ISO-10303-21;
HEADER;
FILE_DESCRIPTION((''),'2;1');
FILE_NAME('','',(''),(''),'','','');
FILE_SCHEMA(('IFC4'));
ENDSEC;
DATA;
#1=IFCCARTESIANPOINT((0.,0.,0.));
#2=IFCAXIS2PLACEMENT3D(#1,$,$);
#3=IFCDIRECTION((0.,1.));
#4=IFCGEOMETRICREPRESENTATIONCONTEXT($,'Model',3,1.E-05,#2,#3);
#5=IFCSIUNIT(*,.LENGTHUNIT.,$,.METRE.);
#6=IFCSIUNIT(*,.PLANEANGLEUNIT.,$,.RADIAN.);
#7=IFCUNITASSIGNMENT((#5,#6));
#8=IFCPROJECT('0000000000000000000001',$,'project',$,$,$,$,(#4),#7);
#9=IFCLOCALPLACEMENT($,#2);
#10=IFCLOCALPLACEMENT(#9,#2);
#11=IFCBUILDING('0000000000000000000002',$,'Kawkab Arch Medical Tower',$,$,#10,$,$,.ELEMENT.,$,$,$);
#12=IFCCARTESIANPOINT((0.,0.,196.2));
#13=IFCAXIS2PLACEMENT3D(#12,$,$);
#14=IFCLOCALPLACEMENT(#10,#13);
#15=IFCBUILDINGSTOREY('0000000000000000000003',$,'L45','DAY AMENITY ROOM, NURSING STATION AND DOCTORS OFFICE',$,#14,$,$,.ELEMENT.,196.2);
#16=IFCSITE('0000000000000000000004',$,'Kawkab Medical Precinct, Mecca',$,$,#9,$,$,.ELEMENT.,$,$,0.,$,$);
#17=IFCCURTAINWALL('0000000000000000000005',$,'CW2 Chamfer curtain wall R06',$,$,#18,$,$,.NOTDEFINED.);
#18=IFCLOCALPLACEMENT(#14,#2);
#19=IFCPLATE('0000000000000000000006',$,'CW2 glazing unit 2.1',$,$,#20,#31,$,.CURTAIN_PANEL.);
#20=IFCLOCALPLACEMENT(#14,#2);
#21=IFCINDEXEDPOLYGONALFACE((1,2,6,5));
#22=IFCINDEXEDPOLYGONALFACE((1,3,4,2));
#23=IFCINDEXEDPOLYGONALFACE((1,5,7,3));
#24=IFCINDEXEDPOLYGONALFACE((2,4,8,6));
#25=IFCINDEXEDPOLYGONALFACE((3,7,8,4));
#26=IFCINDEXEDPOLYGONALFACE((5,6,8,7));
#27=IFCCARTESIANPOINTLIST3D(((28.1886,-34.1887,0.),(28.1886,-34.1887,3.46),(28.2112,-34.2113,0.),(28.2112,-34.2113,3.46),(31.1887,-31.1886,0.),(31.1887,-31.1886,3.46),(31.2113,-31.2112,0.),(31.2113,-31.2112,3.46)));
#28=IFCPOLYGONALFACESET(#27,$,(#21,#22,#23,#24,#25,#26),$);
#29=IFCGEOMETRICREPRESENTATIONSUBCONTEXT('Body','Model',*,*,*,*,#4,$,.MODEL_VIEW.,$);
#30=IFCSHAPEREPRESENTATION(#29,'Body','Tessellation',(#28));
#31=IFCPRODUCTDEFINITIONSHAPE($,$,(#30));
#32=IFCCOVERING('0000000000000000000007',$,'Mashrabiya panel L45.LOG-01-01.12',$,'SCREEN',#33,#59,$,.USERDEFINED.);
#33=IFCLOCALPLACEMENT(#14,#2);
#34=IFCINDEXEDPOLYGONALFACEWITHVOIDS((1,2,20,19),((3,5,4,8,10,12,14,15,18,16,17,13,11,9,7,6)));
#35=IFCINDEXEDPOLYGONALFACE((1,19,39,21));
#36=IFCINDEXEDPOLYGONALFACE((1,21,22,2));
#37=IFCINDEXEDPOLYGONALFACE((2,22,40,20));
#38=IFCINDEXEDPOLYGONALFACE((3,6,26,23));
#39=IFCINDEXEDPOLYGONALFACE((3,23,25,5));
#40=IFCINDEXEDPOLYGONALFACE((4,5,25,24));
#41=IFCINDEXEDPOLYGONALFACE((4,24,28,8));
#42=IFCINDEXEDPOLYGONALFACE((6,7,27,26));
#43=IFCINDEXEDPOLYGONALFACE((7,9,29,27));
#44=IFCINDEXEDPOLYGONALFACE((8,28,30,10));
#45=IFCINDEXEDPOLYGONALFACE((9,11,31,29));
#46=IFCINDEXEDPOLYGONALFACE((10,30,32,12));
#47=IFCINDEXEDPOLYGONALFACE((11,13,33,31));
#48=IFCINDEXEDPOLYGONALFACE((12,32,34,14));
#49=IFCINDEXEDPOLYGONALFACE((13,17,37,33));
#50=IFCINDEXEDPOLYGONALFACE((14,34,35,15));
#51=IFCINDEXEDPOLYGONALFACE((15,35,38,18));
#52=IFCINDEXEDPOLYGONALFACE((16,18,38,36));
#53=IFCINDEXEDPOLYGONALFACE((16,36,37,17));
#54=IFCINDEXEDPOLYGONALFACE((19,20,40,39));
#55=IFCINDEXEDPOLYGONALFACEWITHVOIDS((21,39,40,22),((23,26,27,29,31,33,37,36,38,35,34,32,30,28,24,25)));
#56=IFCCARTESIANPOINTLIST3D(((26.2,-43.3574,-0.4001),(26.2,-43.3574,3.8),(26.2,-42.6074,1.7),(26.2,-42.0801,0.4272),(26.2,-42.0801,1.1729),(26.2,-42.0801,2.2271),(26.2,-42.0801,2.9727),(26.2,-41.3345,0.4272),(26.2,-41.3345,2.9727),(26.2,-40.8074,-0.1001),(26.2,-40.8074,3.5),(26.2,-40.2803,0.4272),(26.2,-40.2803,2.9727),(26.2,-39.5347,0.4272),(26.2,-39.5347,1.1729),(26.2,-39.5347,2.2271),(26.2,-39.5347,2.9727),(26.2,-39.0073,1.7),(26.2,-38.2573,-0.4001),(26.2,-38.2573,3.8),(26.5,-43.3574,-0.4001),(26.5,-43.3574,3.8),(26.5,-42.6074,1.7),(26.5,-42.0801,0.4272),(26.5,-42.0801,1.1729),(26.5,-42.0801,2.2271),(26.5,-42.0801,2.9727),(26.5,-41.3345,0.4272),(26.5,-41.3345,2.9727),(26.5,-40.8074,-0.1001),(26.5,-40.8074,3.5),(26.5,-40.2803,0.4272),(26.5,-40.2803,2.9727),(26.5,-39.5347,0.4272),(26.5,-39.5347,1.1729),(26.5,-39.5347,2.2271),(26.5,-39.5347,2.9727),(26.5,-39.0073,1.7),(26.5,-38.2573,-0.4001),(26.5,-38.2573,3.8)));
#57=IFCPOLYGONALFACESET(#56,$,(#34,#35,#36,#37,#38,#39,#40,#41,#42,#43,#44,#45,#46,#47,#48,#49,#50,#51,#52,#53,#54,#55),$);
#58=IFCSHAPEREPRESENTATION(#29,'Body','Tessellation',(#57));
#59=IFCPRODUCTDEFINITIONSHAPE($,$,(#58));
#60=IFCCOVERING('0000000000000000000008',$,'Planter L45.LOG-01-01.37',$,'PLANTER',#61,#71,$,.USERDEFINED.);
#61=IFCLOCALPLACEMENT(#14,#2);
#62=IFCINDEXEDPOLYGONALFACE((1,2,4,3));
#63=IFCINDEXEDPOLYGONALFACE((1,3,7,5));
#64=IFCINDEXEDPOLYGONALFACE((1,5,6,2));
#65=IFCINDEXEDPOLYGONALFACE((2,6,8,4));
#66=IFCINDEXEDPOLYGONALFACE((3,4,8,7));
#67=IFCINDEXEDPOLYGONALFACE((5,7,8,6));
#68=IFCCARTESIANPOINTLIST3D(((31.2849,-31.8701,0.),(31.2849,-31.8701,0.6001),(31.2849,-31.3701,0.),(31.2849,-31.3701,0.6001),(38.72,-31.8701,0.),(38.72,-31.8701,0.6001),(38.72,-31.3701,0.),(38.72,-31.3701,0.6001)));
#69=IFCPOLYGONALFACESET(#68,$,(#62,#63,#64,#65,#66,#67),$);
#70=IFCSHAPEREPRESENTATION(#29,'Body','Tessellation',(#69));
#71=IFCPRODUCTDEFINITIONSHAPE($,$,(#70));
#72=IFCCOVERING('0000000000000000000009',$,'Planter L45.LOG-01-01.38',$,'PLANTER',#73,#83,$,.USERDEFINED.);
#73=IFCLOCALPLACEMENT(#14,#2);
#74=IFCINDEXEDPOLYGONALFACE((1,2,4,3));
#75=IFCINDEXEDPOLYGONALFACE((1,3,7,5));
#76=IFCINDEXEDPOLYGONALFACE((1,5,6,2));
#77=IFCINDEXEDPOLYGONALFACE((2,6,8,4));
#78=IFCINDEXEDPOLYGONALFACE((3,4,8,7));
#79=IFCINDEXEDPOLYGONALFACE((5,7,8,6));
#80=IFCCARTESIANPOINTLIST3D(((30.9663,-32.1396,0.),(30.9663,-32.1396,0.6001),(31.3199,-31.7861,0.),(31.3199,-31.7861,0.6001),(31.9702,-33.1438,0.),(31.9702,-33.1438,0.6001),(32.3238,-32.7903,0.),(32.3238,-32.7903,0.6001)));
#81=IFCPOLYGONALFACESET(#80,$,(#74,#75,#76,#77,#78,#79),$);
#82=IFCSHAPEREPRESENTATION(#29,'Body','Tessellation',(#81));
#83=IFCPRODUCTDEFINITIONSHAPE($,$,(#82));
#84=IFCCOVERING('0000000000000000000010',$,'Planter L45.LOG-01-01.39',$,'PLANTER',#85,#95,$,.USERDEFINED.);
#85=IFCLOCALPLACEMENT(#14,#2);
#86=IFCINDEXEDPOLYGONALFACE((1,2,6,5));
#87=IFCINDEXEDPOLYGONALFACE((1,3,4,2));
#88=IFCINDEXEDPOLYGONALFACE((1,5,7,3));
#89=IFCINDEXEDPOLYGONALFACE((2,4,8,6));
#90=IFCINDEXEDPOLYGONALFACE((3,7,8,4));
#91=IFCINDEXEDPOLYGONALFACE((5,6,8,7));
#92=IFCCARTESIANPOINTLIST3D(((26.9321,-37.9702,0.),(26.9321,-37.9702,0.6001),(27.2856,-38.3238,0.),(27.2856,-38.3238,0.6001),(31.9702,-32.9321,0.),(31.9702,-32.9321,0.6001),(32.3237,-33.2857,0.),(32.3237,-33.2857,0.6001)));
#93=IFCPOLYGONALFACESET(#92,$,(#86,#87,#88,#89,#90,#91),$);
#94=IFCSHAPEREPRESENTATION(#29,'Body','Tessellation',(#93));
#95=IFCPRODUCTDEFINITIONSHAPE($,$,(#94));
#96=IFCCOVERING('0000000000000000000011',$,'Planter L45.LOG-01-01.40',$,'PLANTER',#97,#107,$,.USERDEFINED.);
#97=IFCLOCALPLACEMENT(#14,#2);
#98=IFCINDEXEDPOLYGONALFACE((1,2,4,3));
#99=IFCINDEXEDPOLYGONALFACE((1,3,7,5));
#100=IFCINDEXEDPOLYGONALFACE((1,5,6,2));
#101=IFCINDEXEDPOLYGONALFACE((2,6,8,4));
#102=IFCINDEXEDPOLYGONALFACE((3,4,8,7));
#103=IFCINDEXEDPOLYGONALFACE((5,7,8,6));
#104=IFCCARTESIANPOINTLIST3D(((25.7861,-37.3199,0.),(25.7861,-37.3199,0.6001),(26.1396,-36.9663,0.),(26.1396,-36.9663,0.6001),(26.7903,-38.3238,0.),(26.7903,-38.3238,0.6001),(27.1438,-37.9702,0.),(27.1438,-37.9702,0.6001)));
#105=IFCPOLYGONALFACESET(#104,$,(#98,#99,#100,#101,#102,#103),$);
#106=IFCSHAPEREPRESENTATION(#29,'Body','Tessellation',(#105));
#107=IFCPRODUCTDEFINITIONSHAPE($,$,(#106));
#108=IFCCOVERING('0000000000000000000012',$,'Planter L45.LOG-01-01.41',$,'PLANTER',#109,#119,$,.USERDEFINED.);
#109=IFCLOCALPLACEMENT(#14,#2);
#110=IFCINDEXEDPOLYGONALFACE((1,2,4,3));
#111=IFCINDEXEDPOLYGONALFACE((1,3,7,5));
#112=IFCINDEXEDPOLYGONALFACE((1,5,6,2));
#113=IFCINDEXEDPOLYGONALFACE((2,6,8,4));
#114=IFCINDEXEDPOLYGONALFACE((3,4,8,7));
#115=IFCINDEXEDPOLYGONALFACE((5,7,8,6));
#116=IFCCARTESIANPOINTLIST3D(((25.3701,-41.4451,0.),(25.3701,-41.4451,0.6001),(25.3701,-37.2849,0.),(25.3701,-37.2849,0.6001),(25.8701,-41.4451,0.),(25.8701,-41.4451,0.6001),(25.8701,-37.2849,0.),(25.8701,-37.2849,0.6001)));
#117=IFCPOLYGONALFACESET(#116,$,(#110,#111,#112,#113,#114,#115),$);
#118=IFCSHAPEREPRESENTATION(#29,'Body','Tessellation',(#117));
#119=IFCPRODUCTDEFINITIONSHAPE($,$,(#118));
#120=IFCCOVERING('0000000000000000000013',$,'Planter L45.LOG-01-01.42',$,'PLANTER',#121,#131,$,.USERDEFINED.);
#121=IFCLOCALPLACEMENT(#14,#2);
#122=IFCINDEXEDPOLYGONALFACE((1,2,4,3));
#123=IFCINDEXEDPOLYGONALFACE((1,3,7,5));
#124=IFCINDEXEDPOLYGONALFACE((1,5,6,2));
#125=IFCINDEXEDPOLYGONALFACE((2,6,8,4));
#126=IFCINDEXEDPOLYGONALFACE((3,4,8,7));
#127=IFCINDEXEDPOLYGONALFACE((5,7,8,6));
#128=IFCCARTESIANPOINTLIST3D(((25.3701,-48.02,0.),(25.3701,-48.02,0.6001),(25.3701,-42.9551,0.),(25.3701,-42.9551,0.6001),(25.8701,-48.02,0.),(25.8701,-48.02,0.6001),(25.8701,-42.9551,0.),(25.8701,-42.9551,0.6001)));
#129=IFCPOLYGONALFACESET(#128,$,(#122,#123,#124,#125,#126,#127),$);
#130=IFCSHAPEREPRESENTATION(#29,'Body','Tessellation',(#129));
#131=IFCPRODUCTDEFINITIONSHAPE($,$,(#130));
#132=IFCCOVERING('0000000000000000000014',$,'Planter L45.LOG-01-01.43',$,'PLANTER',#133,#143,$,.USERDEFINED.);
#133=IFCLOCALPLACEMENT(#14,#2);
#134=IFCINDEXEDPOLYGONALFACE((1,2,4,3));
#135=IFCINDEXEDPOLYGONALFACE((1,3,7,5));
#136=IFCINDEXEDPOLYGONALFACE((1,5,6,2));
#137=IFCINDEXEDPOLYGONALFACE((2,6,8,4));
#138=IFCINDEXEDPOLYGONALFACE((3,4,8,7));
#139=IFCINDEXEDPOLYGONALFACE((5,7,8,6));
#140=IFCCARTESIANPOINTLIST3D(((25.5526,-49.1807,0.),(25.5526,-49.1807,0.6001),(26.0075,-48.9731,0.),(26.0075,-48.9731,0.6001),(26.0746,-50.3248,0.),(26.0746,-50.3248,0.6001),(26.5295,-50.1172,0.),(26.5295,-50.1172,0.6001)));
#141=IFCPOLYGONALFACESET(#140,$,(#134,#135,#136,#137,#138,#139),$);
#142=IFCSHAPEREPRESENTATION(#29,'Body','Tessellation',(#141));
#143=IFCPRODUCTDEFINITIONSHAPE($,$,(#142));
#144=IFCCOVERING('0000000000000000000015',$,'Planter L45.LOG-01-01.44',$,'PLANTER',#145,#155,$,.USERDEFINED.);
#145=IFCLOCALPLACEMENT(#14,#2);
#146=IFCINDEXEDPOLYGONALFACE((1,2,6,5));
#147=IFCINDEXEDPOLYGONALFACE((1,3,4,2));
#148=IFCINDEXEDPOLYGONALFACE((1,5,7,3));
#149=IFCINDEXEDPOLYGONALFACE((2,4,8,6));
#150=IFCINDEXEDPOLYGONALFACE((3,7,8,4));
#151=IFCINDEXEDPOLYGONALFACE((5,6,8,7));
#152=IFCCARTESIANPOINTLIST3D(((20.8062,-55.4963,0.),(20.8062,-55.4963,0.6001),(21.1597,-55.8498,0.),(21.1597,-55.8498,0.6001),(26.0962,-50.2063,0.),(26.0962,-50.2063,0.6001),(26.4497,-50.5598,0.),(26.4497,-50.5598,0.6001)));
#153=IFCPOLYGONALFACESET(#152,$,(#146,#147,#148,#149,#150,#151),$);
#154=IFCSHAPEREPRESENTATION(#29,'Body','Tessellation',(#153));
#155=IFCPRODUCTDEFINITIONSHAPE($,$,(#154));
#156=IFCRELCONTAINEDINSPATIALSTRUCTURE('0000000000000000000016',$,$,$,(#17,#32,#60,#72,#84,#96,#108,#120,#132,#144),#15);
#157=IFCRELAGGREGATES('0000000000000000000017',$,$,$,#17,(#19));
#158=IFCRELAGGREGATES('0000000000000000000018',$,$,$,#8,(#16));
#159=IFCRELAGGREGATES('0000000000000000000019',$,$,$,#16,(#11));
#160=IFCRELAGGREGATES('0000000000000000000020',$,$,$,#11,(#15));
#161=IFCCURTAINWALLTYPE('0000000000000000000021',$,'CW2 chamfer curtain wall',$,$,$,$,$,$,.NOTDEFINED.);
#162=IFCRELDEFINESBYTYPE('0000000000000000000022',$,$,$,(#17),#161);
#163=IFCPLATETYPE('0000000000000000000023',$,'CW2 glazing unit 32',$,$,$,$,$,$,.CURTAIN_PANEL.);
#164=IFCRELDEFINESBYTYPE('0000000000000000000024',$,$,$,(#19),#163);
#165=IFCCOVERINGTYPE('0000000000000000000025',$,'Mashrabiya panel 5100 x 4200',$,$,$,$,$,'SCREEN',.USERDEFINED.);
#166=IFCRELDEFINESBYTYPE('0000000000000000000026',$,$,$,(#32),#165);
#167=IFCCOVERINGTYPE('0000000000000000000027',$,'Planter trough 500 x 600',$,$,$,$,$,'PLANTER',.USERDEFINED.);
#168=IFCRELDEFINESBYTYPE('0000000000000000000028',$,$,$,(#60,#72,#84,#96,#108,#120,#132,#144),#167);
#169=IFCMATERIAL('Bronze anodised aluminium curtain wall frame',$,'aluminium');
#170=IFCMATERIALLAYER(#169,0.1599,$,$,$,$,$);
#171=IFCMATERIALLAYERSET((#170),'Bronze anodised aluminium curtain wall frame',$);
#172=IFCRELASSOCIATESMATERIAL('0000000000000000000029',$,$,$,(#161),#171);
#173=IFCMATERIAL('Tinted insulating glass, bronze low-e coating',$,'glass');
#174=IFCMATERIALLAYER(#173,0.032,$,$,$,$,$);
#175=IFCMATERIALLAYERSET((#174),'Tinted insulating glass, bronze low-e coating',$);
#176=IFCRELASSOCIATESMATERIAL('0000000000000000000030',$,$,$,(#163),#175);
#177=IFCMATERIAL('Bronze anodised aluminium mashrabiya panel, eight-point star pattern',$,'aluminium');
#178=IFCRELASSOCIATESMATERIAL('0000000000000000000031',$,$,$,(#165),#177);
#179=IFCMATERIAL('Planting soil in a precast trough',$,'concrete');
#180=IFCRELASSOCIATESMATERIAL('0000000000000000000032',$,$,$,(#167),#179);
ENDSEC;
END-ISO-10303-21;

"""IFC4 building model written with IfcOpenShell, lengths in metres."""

from ifc_helpers import new_model, si_unit, direction, frame, origin, origin_2d, place, context, subcontext, project, spatial, polyline, rectangle, outline, extrude, material, layer, layer_set, material_profile, profile_set, type_object, element, aggregate, save


model = new_model("IFC4")

# Units and contexts
model_context = context("Model", 3, precision=1e-05, world=origin(), true_north=direction((0.0, 1.0)))
body_context = subcontext(model_context, "Body", "Model", "MODEL_VIEW")
ifc_project = project(units=[si_unit("LENGTHUNIT", "METRE"), si_unit("PLANEANGLEUNIT", "RADIAN")], contexts=[model_context])

# Site, building, storey
site_placement = place(None, origin())
site = spatial("IfcSite", under=ifc_project, at=site_placement, Name="Kawkab Medical Precinct, Mecca", CompositionType="ELEMENT", RefElevation=0.0)
building_placement = place(site_placement, origin())
building = spatial("IfcBuilding", under=site, at=building_placement, Name="Kawkab Arch Medical Tower", CompositionType="ELEMENT")
storey_placement = place(building_placement, frame((0.0, 0.0, 196.2)))
storey = spatial("IfcBuildingStorey", under=building, at=storey_placement, Name="L45", Description="DAY AMENITY ROOM, NURSING STATION AND DOCTORS OFFICE", CompositionType="ELEMENT", Elevation=196.2)

# Shared definitions
placement = place(storey_placement, origin())

# Shared definitions
ifc_material_1 = material(Name="Bronze anodised aluminium curtain wall frame", Category="aluminium")
ifc_layer_1 = layer(ifc_material_1, 0.1599)
ifc_layer_set_1 = layer_set([ifc_layer_1], Name="Bronze anodised aluminium curtain wall frame")
curtain_wall_type_1 = type_object("IfcCurtainWallType", Name="CW2 chamfer curtain wall", PredefinedType="NOTDEFINED", material=ifc_layer_set_1)

# Curtain wall
curtain_wall_1 = element("IfcCurtainWall", 1, at=placement, inside=storey, type_object=curtain_wall_type_1, Name="CW2 Chamfer curtain wall R06", PredefinedType="NOTDEFINED")

# Plate
ifc_material_2 = material(Name="Tinted insulating glass, bronze low-e coating", Category="glass")
ifc_layer_2 = layer(ifc_material_2, 0.032)
ifc_layer_set_2 = layer_set([ifc_layer_2], Name="Tinted insulating glass, bronze low-e coating")
plate_type_1 = type_object("IfcPlateType", Name="CW2 glazing unit 32", PredefinedType="CURTAIN_PANEL", material=ifc_layer_set_2)
plate_1_placement = place(storey_placement, frame((29.7, -32.7, 0.0), z_axis=(0.0, 0.0, 1.0), x_axis=(0.707107, 0.707107, 0.0)))
plate_1 = element("IfcPlate", 2, at=plate_1_placement, type_object=plate_type_1, Name="CW2 glazing unit 2.1", PredefinedType="CURTAIN_PANEL", context=body_context, shape_type="SweptSolid", body=[
    extrude(rectangle(XDim=4.2427, YDim=0.032, at=origin_2d()), origin(), (0.0, 0.0, 1.0), 3.46),
])
aggregate(curtain_wall_1, [plate_1])

# Coverings
ifc_material_3 = material(Name="Bronze anodised aluminium mashrabiya panel, eight-point star pattern", Category="aluminium")
ifc_material_profile_1 = material_profile(ifc_material_3, outline(polyline([(-2.55, -2.1001), (2.55, -2.1001), (2.55, 2.1001), (-2.55, 2.1001), (-2.55, -2.1001)]), holes=[polyline([(1.8, 0.0), (1.2727, 0.5271), (1.2727, 1.2727), (0.5271, 1.2727), (0.0, 1.8), (-0.5271, 1.2727), (-1.2727, 1.2727), (-1.2727, 0.5271), (-1.8, 0.0), (-1.2727, -0.5271), (-1.2727, -1.2727), (-0.5271, -1.2727), (0.0, -1.8), (0.5271, -1.2727), (1.2727, -1.2727), (1.2727, -0.5271), (1.8, 0.0)])]), Name="Mashrabiya panel 5100x4200")
ifc_profile_set_1 = profile_set([ifc_material_profile_1], Name="Bronze anodised aluminium mashrabiya panel, eight-point star pattern")
covering_type_1 = type_object("IfcCoveringType", Name="Mashrabiya panel 5100 x 4200", ElementType="SCREEN", PredefinedType="USERDEFINED", material=ifc_profile_set_1)
covering_1_placement = place(storey_placement, frame((26.2, -40.8074, 1.7), z_axis=(1.0, 0.0, 0.0), x_axis=(0.0, 1.0, 0.0)))
element("IfcCovering", 3, at=covering_1_placement, inside=storey, type_object=covering_type_1, Name="Mashrabiya panel L45.LOG-01-01.12", ObjectType="SCREEN", PredefinedType="USERDEFINED", context=body_context, shape_type="SweptSolid", body=[
    extrude(outline(polyline([(-2.55, -2.1001), (2.55, -2.1001), (2.55, 2.1001), (-2.55, 2.1001), (-2.55, -2.1001)]), holes=[polyline([(1.8, 0.0), (1.2727, 0.5271), (1.2727, 1.2727), (0.5271, 1.2727), (0.0, 1.8), (-0.5271, 1.2727), (-1.2727, 1.2727), (-1.2727, 0.5271), (-1.8, 0.0), (-1.2727, -0.5271), (-1.2727, -1.2727), (-0.5271, -1.2727), (0.0, -1.8), (0.5271, -1.2727), (1.2727, -1.2727), (1.2727, -0.5271), (1.8, 0.0)])]), origin(), (0.0, 0.0, 1.0), 0.3),
])
ifc_material_4 = material(Name="Planting soil in a precast trough", Category="concrete")
ifc_material_profile_2 = material_profile(ifc_material_4, rectangle(XDim=0.5, YDim=0.6001, at=origin_2d()), Name="Trough 500x600")
ifc_profile_set_2 = profile_set([ifc_material_profile_2], Name="Planting soil in a precast trough")
covering_type_2 = type_object("IfcCoveringType", Name="Planter trough 500 x 600", ElementType="PLANTER", PredefinedType="USERDEFINED", material=ifc_profile_set_2)
covering_2_placement = place(storey_placement, frame((38.72, -31.6201, 0.3), z_axis=(-1.0, 0.0, 0.0), x_axis=(0.0, -1.0, 0.0)))
element("IfcCovering", 4, at=covering_2_placement, inside=storey, type_object=covering_type_2, Name="Planter L45.LOG-01-01.37", ObjectType="PLANTER", PredefinedType="USERDEFINED", context=body_context, shape_type="SweptSolid", body=[
    extrude(rectangle(XDim=0.5, YDim=0.6001, at=origin_2d()), origin(), (0.0, 0.0, 1.0), 7.4351),
])
covering_3_placement = place(storey_placement, frame((31.1431, -31.9629, 0.3), z_axis=(0.707021, -0.707193, 0.0), x_axis=(0.707193, 0.707021, 0.0)))
element("IfcCovering", 5, at=covering_3_placement, inside=storey, type_object=covering_type_2, Name="Planter L45.LOG-01-01.38", ObjectType="PLANTER", PredefinedType="USERDEFINED", context=body_context, shape_type="SweptSolid", body=[
    extrude(rectangle(XDim=0.5, YDim=0.6001, at=origin_2d()), origin(), (0.0, 0.0, 1.0), 1.4199),
])
covering_4_placement = place(storey_placement, frame((32.147, -33.1089, 0.3), z_axis=(-0.707107, -0.707107, 0.0), x_axis=(0.707107, -0.707107, 0.0)))
element("IfcCovering", 6, at=covering_4_placement, inside=storey, type_object=covering_type_2, Name="Planter L45.LOG-01-01.39", ObjectType="PLANTER", PredefinedType="USERDEFINED", context=body_context, shape_type="SweptSolid", body=[
    extrude(rectangle(XDim=0.5, YDim=0.6001, at=origin_2d()), origin(), (0.0, 0.0, 1.0), 7.125),
])
covering_5_placement = place(storey_placement, frame((26.967, -38.147, 0.3), z_axis=(-0.707193, 0.707021, 0.0), x_axis=(-0.707021, -0.707193, 0.0)))
element("IfcCovering", 7, at=covering_5_placement, inside=storey, type_object=covering_type_2, Name="Planter L45.LOG-01-01.40", ObjectType="PLANTER", PredefinedType="USERDEFINED", context=body_context, shape_type="SweptSolid", body=[
    extrude(rectangle(XDim=0.5, YDim=0.6001, at=origin_2d()), origin(), (0.0, 0.0, 1.0), 1.4199),
])
covering_6_placement = place(storey_placement, frame((25.6201, -37.2849, 0.3), z_axis=(0.0, -1.0, 0.0), x_axis=(1.0, 0.0, 0.0)))
element("IfcCovering", 8, at=covering_6_placement, inside=storey, type_object=covering_type_2, Name="Planter L45.LOG-01-01.41", ObjectType="PLANTER", PredefinedType="USERDEFINED", context=body_context, shape_type="SweptSolid", body=[
    extrude(rectangle(XDim=0.5, YDim=0.6001, at=origin_2d()), origin(), (0.0, 0.0, 1.0), 4.1602),
])
covering_7_placement = place(storey_placement, frame((25.6201, -42.9551, 0.3), z_axis=(0.0, -1.0, 0.0), x_axis=(1.0, 0.0, 0.0)))
element("IfcCovering", 9, at=covering_7_placement, inside=storey, type_object=covering_type_2, Name="Planter L45.LOG-01-01.42", ObjectType="PLANTER", PredefinedType="USERDEFINED", context=body_context, shape_type="SweptSolid", body=[
    extrude(rectangle(XDim=0.5, YDim=0.6001, at=origin_2d()), origin(), (0.0, 0.0, 1.0), 5.0649),
])
covering_8_placement = place(storey_placement, frame((25.78, -49.0769, 0.3), z_axis=(0.41509, -0.90978, 0.0), x_axis=(0.90978, 0.41509, 0.0)))
element("IfcCovering", 10, at=covering_8_placement, inside=storey, type_object=covering_type_2, Name="Planter L45.LOG-01-01.43", ObjectType="PLANTER", PredefinedType="USERDEFINED", context=body_context, shape_type="SweptSolid", body=[
    extrude(rectangle(XDim=0.5, YDim=0.6001, at=origin_2d()), origin(), (0.0, 0.0, 1.0), 1.2576),
])
covering_9_placement = place(storey_placement, frame((26.2729, -50.3831, 0.3), z_axis=(-0.707107, -0.707107, 0.0), x_axis=(0.707107, -0.707107, 0.0)))
element("IfcCovering", 11, at=covering_9_placement, inside=storey, type_object=covering_type_2, Name="Planter L45.LOG-01-01.44", ObjectType="PLANTER", PredefinedType="USERDEFINED", context=body_context, shape_type="SweptSolid", body=[
    extrude(rectangle(XDim=0.5, YDim=0.6001, at=origin_2d()), origin(), (0.0, 0.0, 1.0), 7.4812),
])

save(model, "model.ifc")
